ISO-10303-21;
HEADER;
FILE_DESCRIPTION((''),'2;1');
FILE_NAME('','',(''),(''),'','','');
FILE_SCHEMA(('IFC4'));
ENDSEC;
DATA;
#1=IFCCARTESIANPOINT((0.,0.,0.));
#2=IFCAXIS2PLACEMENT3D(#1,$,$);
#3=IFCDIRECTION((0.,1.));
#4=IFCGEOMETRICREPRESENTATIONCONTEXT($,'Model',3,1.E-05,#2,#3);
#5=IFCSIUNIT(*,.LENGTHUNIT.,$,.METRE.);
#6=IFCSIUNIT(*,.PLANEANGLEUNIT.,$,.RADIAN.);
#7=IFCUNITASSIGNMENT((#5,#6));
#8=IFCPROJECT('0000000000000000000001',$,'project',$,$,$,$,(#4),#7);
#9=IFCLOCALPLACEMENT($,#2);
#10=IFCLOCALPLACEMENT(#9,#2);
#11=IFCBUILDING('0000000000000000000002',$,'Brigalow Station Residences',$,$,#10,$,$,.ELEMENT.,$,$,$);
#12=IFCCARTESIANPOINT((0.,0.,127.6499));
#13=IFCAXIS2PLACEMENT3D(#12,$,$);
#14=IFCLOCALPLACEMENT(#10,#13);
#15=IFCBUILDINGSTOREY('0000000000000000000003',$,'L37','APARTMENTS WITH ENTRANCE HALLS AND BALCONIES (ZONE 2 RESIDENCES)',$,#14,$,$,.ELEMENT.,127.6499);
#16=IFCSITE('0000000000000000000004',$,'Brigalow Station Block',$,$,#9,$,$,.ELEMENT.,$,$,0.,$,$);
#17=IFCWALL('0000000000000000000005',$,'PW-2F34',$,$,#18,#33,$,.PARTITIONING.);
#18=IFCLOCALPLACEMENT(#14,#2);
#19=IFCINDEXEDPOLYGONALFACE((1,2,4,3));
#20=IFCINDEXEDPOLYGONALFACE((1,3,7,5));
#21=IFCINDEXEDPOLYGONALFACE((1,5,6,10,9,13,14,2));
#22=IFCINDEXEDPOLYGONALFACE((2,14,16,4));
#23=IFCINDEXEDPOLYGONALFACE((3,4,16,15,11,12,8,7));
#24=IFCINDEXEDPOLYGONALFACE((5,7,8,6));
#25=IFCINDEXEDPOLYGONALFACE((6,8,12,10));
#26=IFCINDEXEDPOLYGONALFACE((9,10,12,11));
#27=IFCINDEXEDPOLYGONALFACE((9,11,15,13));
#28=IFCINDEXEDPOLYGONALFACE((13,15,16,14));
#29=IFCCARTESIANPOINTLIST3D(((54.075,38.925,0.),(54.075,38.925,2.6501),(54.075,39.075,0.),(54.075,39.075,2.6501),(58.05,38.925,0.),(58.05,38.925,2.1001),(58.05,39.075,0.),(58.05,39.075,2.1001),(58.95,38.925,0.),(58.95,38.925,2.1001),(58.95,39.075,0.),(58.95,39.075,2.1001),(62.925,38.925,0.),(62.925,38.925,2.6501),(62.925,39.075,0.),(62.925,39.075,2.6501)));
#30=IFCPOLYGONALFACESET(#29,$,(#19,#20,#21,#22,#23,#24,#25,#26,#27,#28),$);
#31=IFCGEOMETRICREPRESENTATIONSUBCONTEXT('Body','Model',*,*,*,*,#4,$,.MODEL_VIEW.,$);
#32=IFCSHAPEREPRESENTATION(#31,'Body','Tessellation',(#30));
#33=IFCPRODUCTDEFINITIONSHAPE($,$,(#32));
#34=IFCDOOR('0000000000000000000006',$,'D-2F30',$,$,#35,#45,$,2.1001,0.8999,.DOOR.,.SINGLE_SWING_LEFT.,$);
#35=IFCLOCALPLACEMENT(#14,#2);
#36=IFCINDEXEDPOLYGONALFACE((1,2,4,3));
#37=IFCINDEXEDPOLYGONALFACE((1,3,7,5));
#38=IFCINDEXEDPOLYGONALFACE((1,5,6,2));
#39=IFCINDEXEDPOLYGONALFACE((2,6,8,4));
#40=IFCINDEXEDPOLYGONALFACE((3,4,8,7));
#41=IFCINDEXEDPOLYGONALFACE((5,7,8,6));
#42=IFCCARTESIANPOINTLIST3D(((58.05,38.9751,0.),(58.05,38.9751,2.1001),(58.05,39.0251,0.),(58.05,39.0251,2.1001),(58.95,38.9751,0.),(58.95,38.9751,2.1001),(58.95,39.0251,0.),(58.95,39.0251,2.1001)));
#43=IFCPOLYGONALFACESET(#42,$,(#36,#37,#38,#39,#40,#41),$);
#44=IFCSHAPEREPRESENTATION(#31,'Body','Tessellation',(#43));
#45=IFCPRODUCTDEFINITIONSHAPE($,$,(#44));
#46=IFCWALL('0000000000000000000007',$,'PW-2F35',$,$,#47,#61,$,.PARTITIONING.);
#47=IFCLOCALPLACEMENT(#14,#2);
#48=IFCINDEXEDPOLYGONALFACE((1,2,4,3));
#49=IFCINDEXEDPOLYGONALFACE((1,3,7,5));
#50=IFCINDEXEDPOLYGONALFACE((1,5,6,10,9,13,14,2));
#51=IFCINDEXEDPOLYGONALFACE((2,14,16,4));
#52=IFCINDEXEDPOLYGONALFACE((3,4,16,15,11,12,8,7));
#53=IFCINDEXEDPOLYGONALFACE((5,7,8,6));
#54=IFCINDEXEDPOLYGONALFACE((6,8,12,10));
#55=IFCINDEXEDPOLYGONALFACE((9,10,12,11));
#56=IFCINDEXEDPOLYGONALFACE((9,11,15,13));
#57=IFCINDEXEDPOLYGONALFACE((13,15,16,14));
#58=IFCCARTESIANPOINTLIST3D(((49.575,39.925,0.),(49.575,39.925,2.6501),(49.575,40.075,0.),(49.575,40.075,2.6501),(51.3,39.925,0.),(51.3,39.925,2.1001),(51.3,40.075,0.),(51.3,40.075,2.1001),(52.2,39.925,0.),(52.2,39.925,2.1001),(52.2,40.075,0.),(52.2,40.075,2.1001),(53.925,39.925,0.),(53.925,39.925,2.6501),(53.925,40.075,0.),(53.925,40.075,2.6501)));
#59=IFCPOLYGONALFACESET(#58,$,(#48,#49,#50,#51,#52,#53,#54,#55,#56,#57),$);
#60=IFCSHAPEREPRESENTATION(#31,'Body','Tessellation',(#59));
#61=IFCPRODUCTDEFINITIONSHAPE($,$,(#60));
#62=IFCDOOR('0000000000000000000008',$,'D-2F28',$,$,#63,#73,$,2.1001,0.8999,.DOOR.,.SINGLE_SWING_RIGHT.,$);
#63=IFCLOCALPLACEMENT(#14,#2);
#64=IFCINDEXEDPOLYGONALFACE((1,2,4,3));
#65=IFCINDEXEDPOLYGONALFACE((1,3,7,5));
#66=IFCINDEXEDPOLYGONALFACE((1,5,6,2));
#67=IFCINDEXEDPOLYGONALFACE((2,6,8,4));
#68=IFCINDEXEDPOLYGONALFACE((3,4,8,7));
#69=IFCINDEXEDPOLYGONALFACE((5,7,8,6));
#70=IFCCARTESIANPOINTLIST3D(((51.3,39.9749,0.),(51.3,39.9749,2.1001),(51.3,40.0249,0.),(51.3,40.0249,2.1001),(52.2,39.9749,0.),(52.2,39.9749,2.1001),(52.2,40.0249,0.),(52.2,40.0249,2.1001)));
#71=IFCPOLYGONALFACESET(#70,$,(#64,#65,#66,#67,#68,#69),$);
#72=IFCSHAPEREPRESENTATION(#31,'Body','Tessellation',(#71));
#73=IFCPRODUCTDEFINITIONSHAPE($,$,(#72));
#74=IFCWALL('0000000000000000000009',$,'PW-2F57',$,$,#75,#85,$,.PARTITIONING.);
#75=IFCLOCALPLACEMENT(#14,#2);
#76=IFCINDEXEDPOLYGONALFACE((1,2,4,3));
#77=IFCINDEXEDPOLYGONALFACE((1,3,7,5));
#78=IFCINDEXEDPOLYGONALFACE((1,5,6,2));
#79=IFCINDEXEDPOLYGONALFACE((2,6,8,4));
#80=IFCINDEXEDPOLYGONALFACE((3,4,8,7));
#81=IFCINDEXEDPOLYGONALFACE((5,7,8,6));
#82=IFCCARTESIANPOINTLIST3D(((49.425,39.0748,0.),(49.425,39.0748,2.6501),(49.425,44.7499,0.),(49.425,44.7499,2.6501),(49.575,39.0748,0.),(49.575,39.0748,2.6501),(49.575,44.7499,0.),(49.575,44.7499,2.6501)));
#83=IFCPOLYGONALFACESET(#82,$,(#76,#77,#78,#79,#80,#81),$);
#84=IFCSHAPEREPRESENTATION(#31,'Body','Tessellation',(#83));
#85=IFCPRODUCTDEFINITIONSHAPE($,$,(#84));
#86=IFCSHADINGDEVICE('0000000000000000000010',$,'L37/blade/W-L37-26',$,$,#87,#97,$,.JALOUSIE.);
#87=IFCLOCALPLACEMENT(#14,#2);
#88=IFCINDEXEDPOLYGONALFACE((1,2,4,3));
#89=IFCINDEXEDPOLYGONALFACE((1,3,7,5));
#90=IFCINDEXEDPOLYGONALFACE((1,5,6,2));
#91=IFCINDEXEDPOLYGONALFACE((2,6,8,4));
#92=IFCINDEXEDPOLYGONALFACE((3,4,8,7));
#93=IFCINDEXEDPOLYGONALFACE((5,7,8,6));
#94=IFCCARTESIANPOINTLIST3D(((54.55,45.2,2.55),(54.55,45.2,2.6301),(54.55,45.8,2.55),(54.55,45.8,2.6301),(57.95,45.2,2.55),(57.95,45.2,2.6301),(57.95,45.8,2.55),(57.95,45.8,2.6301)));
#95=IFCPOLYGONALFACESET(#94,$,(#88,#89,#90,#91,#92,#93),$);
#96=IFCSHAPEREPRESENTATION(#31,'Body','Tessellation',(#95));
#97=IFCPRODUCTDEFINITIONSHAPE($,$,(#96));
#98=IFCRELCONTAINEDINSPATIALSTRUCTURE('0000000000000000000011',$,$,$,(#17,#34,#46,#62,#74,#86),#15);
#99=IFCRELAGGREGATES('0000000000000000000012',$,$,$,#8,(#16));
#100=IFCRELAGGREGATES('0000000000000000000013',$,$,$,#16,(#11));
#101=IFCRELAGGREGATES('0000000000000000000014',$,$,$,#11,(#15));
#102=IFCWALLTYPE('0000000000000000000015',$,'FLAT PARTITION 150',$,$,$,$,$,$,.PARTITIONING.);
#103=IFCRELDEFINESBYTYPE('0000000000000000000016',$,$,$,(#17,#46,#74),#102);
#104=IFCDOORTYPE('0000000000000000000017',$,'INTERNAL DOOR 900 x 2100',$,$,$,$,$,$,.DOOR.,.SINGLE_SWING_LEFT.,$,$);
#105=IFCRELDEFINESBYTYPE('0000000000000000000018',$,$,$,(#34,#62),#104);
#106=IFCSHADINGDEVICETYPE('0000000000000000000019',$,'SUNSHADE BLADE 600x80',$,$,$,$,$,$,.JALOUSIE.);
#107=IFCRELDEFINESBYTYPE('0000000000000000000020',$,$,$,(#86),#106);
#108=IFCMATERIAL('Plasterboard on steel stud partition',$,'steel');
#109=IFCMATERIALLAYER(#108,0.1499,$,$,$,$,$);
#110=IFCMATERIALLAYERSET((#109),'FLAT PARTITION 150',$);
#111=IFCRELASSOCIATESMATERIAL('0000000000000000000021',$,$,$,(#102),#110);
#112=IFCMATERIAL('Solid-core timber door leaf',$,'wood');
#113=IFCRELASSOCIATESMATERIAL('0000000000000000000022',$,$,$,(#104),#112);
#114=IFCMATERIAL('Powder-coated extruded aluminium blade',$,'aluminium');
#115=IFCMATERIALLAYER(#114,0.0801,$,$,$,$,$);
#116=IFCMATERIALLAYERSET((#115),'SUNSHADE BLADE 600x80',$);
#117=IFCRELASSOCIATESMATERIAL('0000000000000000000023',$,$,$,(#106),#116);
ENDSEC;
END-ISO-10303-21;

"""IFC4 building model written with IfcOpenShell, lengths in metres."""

from ifc_helpers import new_model, si_unit, direction, frame, frame_2d, origin, origin_2d, place, context, subcontext, project, spatial, rectangle, extrude, material, layer, layer_set, type_object, element, fill, save


model = new_model("IFC4")

# Units and contexts
model_context = context("Model", 3, precision=1e-05, world=origin(), true_north=direction((0.0, 1.0)))
body_context = subcontext(model_context, "Body", "Model", "MODEL_VIEW")
ifc_project = project(units=[si_unit("LENGTHUNIT", "METRE"), si_unit("PLANEANGLEUNIT", "RADIAN")], contexts=[model_context])

# Site, building, storey
site_placement = place(None, origin())
site = spatial("IfcSite", under=ifc_project, at=site_placement, Name="Brigalow Station Block", CompositionType="ELEMENT", RefElevation=0.0)
building_placement = place(site_placement, origin())
building = spatial("IfcBuilding", under=site, at=building_placement, Name="Brigalow Station Residences", CompositionType="ELEMENT")
storey_placement = place(building_placement, frame((0.0, 0.0, 127.6499)))
storey = spatial("IfcBuildingStorey", under=building, at=storey_placement, Name="L37", Description="APARTMENTS WITH ENTRANCE HALLS AND BALCONIES (ZONE 2 RESIDENCES)", CompositionType="ELEMENT", Elevation=127.6499)

# Walls, openings, doors
ifc_material_1 = material(Name="Plasterboard on steel stud partition", Category="steel")
ifc_layer_1 = layer(ifc_material_1, 0.1499)
ifc_layer_set_1 = layer_set([ifc_layer_1], Name="FLAT PARTITION 150")
wall_type_1 = type_object("IfcWallType", Name="FLAT PARTITION 150", PredefinedType="PARTITIONING", material=ifc_layer_set_1)
wall_1_placement = place(storey_placement, frame((54.075, 39.0, 0.0), z_axis=(0.0, 0.0, 1.0), x_axis=(1.0, 0.0, 0.0)))
wall_1 = element("IfcWall", 1, at=wall_1_placement, inside=storey, type_object=wall_type_1, Name="PW-2F34", PredefinedType="PARTITIONING", context=body_context, shape_type="SweptSolid", body=[
    extrude(rectangle(XDim=8.8501, YDim=0.1499, at=frame_2d((4.425, 0.0))), origin(), (0.0, 0.0, 1.0), 2.6501),
])
opening_1_placement = place(wall_1_placement, frame((3.9751, 0.0, 0.0)))
opening_1 = element("IfcOpeningElement", 2, at=opening_1_placement, cuts=wall_1, PredefinedType="OPENING", context=body_context, shape_type="SweptSolid", body=[
    extrude(rectangle(XDim=0.8999, YDim=2.1001, at=frame_2d((0.45, 1.05))), frame((0.0, 0.085, 0.0), z_axis=(0.0, -1.0, 0.0), x_axis=(1.0, 0.0, 0.0)), (0.0, 0.0, 1.0), 0.1699),
])
ifc_material_2 = material(Name="Solid-core timber door leaf", Category="wood")
door_type_1 = type_object("IfcDoorType", Name="INTERNAL DOOR 900 x 2100", OperationType="SINGLE_SWING_LEFT", PredefinedType="DOOR", material=ifc_material_2)
door_1_placement = place(opening_1_placement, frame((0.8999, 0.0, 0.0), z_axis=(0.0, 0.0, 1.0), x_axis=(-1.0, 0.0, 0.0)))
door_1 = element("IfcDoor", 3, at=door_1_placement, inside=storey, type_object=door_type_1, Name="D-2F30", OperationType="SINGLE_SWING_LEFT", OverallHeight=2.1001, OverallWidth=0.8999, PredefinedType="DOOR", context=body_context, shape_type="SweptSolid", body=[
    extrude(rectangle(XDim=0.8999, YDim=2.1001, at=frame_2d((0.45, 1.05))), frame((0.0, 0.0249, 0.0), z_axis=(0.0, -1.0, 0.0), x_axis=(1.0, 0.0, 0.0)), (0.0, 0.0, 1.0), 0.05),
])
fill(opening_1, door_1)
wall_2_placement = place(storey_placement, frame((49.575, 40.0, 0.0), z_axis=(0.0, 0.0, 1.0), x_axis=(1.0, 0.0, 0.0)))
wall_2 = element("IfcWall", 4, at=wall_2_placement, inside=storey, type_object=wall_type_1, Name="PW-2F35", PredefinedType="PARTITIONING", context=body_context, shape_type="SweptSolid", body=[
    extrude(rectangle(XDim=4.3501, YDim=0.1499, at=frame_2d((2.175, 0.0))), origin(), (0.0, 0.0, 1.0), 2.6501),
])
opening_2_placement = place(wall_2_placement, frame((1.7251, 0.0, 0.0)))
opening_2 = element("IfcOpeningElement", 5, at=opening_2_placement, cuts=wall_2, PredefinedType="OPENING", context=body_context, shape_type="SweptSolid", body=[
    extrude(rectangle(XDim=0.8999, YDim=2.1001, at=frame_2d((0.45, 1.05))), frame((0.0, 0.085, 0.0), z_axis=(0.0, -1.0, 0.0), x_axis=(1.0, 0.0, 0.0)), (0.0, 0.0, 1.0), 0.1699),
])
door_2_placement = place(opening_2_placement, origin())
door_2 = element("IfcDoor", 6, at=door_2_placement, inside=storey, type_object=door_type_1, Name="D-2F28", OperationType="SINGLE_SWING_RIGHT", OverallHeight=2.1001, OverallWidth=0.8999, PredefinedType="DOOR", context=body_context, shape_type="SweptSolid", body=[
    extrude(rectangle(XDim=0.8999, YDim=2.1001, at=frame_2d((0.45, 1.05))), frame((0.0, 0.0249, 0.0), z_axis=(0.0, -1.0, 0.0), x_axis=(1.0, 0.0, 0.0)), (0.0, 0.0, 1.0), 0.05),
])
fill(opening_2, door_2)

# Wall
wall_3_placement = place(storey_placement, frame((49.5, 39.075, 0.0), z_axis=(0.0, 0.0, 1.0), x_axis=(0.0, 1.0, 0.0)))
element("IfcWall", 7, at=wall_3_placement, inside=storey, type_object=wall_type_1, Name="PW-2F57", PredefinedType="PARTITIONING", context=body_context, shape_type="SweptSolid", body=[
    extrude(rectangle(XDim=5.675, YDim=0.1499, at=frame_2d((2.8374, 0.0))), origin(), (0.0, 0.0, 1.0), 2.6501),
])

# Shading device
ifc_material_3 = material(Name="Powder-coated extruded aluminium blade", Category="aluminium")
ifc_layer_2 = layer(ifc_material_3, 0.0801)
ifc_layer_set_2 = layer_set([ifc_layer_2], Name="SUNSHADE BLADE 600x80")
shading_device_type = type_object("IfcShadingDeviceType", Name="SUNSHADE BLADE 600x80", PredefinedType="JALOUSIE", material=ifc_layer_set_2)
shading_device_placement = place(storey_placement, frame((56.25, 45.5, 2.55), z_axis=(0.0, 0.0, 1.0), x_axis=(-1.0, 0.0, 0.0)))
element("IfcShadingDevice", 8, at=shading_device_placement, inside=storey, type_object=shading_device_type, Name="L37/blade/W-L37-26", PredefinedType="JALOUSIE", context=body_context, shape_type="SweptSolid", body=[
    extrude(rectangle(XDim=3.3999, YDim=0.6001, at=origin_2d()), origin(), (0.0, 0.0, 1.0), 0.0801),
])

save(model, "model.ifc")
